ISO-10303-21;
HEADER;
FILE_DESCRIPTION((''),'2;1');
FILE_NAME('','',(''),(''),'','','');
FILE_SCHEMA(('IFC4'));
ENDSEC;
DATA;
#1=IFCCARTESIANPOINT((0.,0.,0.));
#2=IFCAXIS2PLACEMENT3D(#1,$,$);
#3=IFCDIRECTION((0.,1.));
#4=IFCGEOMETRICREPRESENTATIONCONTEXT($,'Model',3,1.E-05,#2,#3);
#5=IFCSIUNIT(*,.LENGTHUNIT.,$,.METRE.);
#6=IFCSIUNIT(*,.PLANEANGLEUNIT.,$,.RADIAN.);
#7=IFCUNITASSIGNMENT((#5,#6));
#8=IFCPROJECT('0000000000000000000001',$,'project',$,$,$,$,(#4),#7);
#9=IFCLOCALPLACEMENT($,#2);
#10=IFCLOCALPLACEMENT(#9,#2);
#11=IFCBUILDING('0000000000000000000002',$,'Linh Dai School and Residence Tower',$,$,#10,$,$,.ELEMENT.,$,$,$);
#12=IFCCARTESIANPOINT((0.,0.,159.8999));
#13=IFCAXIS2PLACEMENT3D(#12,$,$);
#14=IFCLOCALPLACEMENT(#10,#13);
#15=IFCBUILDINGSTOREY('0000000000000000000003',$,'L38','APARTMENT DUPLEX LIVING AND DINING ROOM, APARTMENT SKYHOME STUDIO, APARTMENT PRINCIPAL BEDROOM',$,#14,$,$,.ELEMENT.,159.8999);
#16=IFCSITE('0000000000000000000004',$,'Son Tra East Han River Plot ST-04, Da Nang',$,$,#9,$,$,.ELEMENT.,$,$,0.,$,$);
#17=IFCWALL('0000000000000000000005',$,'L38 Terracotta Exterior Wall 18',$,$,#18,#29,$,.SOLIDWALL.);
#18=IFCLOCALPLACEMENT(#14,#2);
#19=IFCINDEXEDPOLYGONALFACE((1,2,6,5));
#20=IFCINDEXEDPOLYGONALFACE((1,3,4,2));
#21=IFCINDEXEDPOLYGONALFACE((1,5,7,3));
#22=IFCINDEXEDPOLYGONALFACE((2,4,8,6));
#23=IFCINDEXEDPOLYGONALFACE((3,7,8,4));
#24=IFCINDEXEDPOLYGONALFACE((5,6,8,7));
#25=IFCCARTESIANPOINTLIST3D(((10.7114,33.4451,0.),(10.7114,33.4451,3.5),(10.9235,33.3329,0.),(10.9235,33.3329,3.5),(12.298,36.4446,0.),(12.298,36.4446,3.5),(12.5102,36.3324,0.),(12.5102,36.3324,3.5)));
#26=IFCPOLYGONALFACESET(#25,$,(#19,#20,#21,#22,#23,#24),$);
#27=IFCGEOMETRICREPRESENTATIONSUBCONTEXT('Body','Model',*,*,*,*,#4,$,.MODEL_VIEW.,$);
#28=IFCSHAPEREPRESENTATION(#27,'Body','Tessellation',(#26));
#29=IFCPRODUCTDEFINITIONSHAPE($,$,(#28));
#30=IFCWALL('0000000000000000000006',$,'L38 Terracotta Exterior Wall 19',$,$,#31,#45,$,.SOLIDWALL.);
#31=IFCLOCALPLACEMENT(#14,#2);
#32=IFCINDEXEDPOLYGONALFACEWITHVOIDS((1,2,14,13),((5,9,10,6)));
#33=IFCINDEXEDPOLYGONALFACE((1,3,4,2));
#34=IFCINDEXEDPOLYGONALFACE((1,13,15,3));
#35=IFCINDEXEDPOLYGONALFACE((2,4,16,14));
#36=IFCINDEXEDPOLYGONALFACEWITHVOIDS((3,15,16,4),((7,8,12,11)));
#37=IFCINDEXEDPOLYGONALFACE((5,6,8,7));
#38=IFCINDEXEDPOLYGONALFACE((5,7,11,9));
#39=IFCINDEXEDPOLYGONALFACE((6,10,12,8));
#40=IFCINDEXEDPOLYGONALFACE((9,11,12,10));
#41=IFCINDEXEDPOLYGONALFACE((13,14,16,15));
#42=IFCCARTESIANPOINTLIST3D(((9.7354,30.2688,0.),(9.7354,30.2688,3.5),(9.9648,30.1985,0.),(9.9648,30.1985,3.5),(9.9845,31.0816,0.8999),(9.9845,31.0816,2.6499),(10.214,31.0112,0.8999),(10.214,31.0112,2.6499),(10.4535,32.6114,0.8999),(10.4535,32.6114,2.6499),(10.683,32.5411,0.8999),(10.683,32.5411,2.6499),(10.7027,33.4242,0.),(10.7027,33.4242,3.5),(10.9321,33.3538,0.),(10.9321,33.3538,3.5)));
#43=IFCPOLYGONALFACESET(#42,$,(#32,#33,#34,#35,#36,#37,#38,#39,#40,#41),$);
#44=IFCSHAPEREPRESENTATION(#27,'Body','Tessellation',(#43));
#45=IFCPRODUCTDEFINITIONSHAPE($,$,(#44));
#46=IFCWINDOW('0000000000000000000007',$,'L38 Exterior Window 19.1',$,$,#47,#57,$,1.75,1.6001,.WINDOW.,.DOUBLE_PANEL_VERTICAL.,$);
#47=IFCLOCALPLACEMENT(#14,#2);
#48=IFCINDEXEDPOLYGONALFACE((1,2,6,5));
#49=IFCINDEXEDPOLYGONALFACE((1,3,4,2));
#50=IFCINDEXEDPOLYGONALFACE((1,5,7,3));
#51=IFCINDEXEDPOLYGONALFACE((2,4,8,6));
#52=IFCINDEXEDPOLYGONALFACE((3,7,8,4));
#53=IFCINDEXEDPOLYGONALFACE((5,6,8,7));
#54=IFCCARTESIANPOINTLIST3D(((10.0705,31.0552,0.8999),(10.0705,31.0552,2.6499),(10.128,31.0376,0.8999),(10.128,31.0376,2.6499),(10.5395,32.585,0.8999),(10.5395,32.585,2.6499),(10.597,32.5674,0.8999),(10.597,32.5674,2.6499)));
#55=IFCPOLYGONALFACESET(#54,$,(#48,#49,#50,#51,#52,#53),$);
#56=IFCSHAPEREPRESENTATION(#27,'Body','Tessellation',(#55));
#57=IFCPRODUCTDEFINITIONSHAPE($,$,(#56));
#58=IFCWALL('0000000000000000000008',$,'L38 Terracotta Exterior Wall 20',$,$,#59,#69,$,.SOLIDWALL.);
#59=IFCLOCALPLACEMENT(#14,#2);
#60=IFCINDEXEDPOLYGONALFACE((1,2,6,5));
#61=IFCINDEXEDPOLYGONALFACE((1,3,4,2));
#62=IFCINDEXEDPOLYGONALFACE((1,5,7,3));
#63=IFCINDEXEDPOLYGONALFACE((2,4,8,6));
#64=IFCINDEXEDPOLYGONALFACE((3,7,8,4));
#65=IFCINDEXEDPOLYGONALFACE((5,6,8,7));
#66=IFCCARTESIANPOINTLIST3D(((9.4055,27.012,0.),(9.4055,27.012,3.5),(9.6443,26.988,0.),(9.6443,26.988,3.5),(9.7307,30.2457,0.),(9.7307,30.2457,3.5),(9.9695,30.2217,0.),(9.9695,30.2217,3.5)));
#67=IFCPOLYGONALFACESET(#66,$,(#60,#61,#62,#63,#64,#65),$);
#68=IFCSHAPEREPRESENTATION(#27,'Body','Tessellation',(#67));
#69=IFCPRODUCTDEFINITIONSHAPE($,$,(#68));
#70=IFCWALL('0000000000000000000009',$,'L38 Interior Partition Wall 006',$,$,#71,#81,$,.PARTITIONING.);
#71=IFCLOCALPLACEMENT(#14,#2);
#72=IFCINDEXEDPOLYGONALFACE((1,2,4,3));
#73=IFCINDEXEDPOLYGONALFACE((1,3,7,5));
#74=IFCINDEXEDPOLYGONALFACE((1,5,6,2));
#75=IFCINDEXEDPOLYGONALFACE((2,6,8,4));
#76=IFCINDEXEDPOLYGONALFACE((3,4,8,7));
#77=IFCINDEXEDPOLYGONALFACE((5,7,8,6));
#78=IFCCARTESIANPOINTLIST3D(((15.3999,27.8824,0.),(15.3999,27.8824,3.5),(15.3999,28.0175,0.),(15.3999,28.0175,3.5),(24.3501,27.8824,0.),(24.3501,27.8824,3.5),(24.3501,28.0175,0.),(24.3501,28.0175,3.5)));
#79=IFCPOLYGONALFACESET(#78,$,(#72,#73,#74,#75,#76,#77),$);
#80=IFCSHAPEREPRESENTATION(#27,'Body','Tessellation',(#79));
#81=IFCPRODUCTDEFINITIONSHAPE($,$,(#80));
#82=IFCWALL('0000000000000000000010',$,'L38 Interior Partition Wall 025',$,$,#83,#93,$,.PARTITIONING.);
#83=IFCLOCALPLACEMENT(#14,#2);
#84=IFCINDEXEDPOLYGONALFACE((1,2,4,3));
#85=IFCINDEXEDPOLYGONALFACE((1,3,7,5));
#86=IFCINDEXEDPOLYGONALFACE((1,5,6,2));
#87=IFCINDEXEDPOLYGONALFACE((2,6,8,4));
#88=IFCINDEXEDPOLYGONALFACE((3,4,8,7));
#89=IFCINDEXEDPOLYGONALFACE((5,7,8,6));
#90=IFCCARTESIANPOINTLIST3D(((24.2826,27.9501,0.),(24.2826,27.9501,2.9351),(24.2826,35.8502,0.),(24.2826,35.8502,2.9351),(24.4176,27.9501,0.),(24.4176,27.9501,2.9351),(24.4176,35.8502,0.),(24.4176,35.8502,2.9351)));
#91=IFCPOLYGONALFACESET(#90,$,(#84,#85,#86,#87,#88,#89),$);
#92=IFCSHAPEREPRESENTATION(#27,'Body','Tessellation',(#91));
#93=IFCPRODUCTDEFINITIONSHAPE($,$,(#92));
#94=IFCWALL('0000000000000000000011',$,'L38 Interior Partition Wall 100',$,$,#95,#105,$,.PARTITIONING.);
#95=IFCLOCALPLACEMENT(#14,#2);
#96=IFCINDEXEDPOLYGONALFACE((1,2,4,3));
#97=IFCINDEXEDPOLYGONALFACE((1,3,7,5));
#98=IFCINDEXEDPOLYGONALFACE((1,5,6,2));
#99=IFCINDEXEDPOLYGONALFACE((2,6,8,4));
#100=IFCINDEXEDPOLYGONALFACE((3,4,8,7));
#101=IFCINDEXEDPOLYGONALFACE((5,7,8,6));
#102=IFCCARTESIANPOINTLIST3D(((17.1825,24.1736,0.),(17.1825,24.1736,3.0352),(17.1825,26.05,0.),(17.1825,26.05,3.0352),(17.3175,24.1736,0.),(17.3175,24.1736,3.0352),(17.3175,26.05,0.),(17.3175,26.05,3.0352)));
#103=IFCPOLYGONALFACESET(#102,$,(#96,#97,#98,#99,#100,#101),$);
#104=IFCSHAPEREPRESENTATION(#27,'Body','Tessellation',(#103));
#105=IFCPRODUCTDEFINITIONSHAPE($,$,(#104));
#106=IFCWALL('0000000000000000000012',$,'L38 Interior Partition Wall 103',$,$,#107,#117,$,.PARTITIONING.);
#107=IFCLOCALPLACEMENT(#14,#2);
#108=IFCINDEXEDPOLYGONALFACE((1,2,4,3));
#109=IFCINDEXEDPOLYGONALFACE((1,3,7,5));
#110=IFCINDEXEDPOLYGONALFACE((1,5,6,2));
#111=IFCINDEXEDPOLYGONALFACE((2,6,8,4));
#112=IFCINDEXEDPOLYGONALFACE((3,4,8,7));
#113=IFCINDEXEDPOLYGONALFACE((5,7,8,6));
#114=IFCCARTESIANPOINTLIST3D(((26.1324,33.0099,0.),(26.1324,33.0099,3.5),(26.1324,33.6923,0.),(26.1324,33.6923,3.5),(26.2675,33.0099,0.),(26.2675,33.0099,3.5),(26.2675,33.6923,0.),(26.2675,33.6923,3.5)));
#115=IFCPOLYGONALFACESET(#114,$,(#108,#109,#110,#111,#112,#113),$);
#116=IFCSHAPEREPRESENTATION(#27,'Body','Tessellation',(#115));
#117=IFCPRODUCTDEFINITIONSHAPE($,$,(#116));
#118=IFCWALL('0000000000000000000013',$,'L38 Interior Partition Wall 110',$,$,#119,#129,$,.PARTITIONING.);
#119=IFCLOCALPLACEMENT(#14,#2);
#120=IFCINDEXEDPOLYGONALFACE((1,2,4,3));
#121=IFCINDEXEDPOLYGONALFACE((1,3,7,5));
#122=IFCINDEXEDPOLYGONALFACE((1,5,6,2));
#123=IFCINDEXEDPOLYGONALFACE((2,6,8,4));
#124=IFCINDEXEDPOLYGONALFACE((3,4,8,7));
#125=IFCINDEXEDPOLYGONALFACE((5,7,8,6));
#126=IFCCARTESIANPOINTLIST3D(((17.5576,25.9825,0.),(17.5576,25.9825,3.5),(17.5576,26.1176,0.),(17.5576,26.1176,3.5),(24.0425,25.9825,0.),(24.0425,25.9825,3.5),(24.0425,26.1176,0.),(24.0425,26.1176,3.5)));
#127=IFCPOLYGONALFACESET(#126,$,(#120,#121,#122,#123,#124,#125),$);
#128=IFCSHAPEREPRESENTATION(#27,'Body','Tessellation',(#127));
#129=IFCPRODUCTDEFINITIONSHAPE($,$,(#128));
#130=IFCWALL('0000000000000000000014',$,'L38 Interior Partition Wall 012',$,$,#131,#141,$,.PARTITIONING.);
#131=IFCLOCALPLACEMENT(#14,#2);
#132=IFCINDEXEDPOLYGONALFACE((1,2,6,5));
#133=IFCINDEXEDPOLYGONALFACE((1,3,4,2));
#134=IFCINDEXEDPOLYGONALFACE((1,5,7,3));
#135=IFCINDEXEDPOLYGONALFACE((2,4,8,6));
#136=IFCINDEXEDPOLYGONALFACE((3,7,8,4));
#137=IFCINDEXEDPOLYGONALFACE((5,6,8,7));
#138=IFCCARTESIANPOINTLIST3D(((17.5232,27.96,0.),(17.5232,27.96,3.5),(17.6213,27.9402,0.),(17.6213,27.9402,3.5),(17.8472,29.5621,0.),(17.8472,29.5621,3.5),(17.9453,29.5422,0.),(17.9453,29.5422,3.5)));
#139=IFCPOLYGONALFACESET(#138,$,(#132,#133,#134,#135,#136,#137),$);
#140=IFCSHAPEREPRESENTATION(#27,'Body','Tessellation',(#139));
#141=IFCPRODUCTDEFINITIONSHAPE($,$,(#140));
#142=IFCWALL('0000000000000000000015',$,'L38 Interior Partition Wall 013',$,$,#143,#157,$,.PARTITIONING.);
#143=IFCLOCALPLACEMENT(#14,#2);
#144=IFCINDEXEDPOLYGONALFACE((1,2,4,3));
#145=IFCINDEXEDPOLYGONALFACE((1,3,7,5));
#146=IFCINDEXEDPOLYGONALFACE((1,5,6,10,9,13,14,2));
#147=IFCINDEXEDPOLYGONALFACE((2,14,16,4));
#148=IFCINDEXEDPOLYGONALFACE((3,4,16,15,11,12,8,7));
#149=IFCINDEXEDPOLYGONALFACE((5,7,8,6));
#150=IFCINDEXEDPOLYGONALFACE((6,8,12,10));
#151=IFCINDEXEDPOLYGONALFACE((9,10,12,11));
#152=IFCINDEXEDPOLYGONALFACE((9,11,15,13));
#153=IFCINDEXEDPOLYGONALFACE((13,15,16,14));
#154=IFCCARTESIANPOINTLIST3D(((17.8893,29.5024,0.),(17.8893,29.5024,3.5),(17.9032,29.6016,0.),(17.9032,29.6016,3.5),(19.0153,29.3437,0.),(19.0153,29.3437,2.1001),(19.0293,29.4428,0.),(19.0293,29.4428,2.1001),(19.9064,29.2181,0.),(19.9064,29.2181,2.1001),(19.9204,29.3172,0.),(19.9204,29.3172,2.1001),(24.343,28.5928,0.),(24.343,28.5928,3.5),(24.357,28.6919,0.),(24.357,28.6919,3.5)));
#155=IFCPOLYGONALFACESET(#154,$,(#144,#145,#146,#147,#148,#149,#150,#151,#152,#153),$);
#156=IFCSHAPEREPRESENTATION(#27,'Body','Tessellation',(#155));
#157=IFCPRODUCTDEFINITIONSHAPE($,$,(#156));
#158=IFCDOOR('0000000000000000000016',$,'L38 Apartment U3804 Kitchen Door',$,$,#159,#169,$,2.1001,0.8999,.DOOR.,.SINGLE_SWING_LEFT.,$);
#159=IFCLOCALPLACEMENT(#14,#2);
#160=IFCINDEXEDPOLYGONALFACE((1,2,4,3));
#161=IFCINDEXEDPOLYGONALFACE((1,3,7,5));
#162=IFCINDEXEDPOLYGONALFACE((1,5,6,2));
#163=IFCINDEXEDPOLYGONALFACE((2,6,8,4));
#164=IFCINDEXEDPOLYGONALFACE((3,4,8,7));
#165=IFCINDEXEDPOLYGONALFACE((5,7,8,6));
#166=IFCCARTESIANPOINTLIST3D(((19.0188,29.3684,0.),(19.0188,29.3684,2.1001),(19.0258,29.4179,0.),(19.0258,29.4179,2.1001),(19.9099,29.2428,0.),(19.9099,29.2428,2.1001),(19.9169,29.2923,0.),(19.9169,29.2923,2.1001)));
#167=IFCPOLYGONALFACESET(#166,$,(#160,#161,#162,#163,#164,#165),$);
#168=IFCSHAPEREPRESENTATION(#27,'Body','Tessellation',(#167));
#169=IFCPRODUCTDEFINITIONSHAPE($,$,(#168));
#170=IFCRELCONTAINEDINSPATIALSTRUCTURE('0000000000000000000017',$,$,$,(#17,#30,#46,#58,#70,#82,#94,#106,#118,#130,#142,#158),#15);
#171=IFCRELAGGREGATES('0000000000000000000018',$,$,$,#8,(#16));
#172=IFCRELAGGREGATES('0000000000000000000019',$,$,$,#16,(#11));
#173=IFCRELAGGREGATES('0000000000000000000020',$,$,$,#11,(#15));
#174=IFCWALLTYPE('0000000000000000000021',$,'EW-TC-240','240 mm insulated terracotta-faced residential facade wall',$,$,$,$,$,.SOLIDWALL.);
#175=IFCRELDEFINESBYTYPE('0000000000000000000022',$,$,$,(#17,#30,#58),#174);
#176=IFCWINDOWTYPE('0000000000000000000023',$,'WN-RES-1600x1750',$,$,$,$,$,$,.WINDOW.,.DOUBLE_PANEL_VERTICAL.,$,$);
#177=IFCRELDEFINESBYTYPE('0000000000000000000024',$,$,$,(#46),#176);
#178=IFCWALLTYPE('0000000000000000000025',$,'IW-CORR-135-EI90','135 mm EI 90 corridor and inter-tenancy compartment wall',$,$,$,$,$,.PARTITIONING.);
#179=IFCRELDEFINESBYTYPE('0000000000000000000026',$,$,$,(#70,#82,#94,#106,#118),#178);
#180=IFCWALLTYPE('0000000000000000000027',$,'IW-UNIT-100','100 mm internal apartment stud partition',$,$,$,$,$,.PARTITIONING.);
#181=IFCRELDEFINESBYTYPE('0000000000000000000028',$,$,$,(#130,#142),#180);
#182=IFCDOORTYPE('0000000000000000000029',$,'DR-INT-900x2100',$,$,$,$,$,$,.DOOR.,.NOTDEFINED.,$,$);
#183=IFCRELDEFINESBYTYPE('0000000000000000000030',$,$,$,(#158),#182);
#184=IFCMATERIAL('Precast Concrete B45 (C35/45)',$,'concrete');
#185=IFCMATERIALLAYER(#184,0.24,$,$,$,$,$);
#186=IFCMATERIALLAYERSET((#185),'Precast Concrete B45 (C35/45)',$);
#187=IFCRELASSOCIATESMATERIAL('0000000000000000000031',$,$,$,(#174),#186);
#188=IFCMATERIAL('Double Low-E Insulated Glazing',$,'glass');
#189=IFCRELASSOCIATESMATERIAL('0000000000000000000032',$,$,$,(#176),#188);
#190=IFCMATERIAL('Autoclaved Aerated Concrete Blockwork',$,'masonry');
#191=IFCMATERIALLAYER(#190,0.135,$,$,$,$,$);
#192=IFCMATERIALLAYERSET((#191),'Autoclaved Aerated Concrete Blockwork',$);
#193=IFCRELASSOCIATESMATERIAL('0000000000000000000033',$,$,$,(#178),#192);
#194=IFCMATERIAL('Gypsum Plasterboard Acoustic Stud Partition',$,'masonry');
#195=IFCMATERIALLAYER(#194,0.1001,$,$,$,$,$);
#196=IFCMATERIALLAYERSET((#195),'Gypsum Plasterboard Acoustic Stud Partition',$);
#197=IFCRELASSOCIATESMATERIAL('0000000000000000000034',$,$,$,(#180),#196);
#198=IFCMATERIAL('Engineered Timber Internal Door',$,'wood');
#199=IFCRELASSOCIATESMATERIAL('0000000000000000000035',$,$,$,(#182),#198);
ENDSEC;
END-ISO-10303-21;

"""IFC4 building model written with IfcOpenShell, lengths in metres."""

from ifc_helpers import new_model, si_unit, direction, frame, frame_2d, origin, origin_2d, place, context, subcontext, project, spatial, rectangle, extrude, source, transform, mapped, material, layer, layer_set, type_object, element, fill, save


model = new_model("IFC4")

# Units and contexts
model_context = context("Model", 3, precision=1e-05, world=origin(), true_north=direction((0.0, 1.0)))
body_context = subcontext(model_context, "Body", "Model", "MODEL_VIEW")
ifc_project = project(units=[si_unit("LENGTHUNIT", "METRE"), si_unit("PLANEANGLEUNIT", "RADIAN")], contexts=[model_context])

# Site, building, storey
site_placement = place(None, origin())
site = spatial("IfcSite", under=ifc_project, at=site_placement, Name="Son Tra East Han River Plot ST-04, Da Nang", CompositionType="ELEMENT", RefElevation=0.0)
building_placement = place(site_placement, origin())
building = spatial("IfcBuilding", under=site, at=building_placement, Name="Linh Dai School and Residence Tower", CompositionType="ELEMENT")
storey_placement = place(building_placement, frame((0.0, 0.0, 159.8999)))
storey = spatial("IfcBuildingStorey", under=building, at=storey_placement, Name="L38", Description="APARTMENT DUPLEX LIVING AND DINING ROOM, APARTMENT SKYHOME STUDIO, APARTMENT PRINCIPAL BEDROOM", CompositionType="ELEMENT", Elevation=159.8999)

# Wall
ifc_material_1 = material(Name="Precast Concrete B45 (C35/45)", Category="concrete")
ifc_layer_1 = layer(ifc_material_1, 0.24)
ifc_layer_set_1 = layer_set([ifc_layer_1], Name="Precast Concrete B45 (C35/45)")
wall_type_1 = type_object("IfcWallType", Name="EW-TC-240", Description="240 mm insulated terracotta-faced residential facade wall", PredefinedType="SOLIDWALL", material=ifc_layer_set_1)
wall_1_placement = place(storey_placement, frame((10.8174, 33.3889, 0.0), z_axis=(0.0, 0.0, 1.0), x_axis=(0.467587, 0.883947, 0.0)))
element("IfcWall", 1, at=wall_1_placement, inside=storey, type_object=wall_type_1, Name="L38 Terracotta Exterior Wall 18", PredefinedType="SOLIDWALL", context=body_context, shape_type="SweptSolid", body=[
    extrude(rectangle(XDim=3.3933, YDim=0.24, at=frame_2d((1.6968, 0.0))), origin(), (0.0, 0.0, 1.0), 3.5),
])

# Wall, opening, window
wall_2_placement = place(storey_placement, frame((9.8501, 30.2336, 0.0), z_axis=(0.0, 0.0, 1.0), x_axis=(0.293098, 0.956082, 0.0)))
wall_2 = element("IfcWall", 2, at=wall_2_placement, inside=storey, type_object=wall_type_1, Name="L38 Terracotta Exterior Wall 19", PredefinedType="SOLIDWALL", context=body_context, shape_type="SweptSolid", body=[
    extrude(rectangle(XDim=3.3003, YDim=0.24, at=frame_2d((1.6501, 0.0))), origin(), (0.0, 0.0, 1.0), 3.5),
])
opening_1_placement = place(wall_2_placement, frame((0.8501, 0.0, 0.8999)))
opening_1 = element("IfcOpeningElement", 3, at=opening_1_placement, cuts=wall_2, PredefinedType="OPENING", context=body_context, shape_type="SweptSolid", body=[
    extrude(rectangle(XDim=1.6001, YDim=1.75, at=origin_2d()), frame((0.8, 0.1299, 0.875), z_axis=(0.0, -1.0, 0.0), x_axis=(1.0, 0.0, 0.0)), (0.0, 0.0, 1.0), 0.26),
])
ifc_material_2 = material(Name="Double Low-E Insulated Glazing", Category="glass")
window_type = type_object("IfcWindowType", Name="WN-RES-1600x1750", PartitioningType="DOUBLE_PANEL_VERTICAL", PredefinedType="WINDOW", material=ifc_material_2)
shared_shape_1 = source(origin(), body_context, "Body", "SweptSolid", [
    extrude(rectangle(XDim=1.6001, YDim=1.75, at=origin_2d()), frame((0.8, 0.03, 0.875), z_axis=(0.0, -1.0, 0.0), x_axis=(1.0, 0.0, 0.0)), (0.0, 0.0, 1.0), 0.0601),
])
window_placement = place(opening_1_placement, origin())
window = element("IfcWindow", 4, at=window_placement, inside=storey, type_object=window_type, Name="L38 Exterior Window 19.1", OverallHeight=1.75, OverallWidth=1.6001, PartitioningType="DOUBLE_PANEL_VERTICAL", PredefinedType="WINDOW", context=body_context, shape_type="MappedRepresentation", body=[
    mapped(shared_shape_1, transform((0.0, 0.0, 0.0), x_axis=(1.0, 0.0, 0.0), y_axis=(0.0, 1.0, 0.0), z_axis=(0.0, 0.0, 1.0), scale=1.0)),
])
fill(opening_1, window)

# Walls
wall_3_placement = place(storey_placement, frame((9.5249, 27.0, 0.0), z_axis=(0.0, 0.0, 1.0), x_axis=(0.100062, 0.994981, 0.0)))
element("IfcWall", 5, at=wall_3_placement, inside=storey, type_object=wall_type_1, Name="L38 Terracotta Exterior Wall 20", PredefinedType="SOLIDWALL", context=body_context, shape_type="SweptSolid", body=[
    extrude(rectangle(XDim=3.25, YDim=0.24, at=frame_2d((1.625, 0.0))), origin(), (0.0, 0.0, 1.0), 3.5),
])
ifc_material_3 = material(Name="Autoclaved Aerated Concrete Blockwork", Category="masonry")
ifc_layer_2 = layer(ifc_material_3, 0.135)
ifc_layer_set_2 = layer_set([ifc_layer_2], Name="Autoclaved Aerated Concrete Blockwork")
wall_type_2 = type_object("IfcWallType", Name="IW-CORR-135-EI90", Description="135 mm EI 90 corridor and inter-tenancy compartment wall", PredefinedType="PARTITIONING", material=ifc_layer_set_2)
wall_4_placement = place(storey_placement, frame((15.3999, 27.95, 0.0), z_axis=(0.0, 0.0, 1.0), x_axis=(1.0, 0.0, 0.0)))
element("IfcWall", 6, at=wall_4_placement, inside=storey, type_object=wall_type_2, Name="L38 Interior Partition Wall 006", PredefinedType="PARTITIONING", context=body_context, shape_type="SweptSolid", body=[
    extrude(rectangle(XDim=8.9502, YDim=0.135, at=frame_2d((4.4751, 0.0))), origin(), (0.0, 0.0, 1.0), 3.5),
])
wall_5_placement = place(storey_placement, frame((24.3501, 27.95, 0.0), z_axis=(0.0, 0.0, 1.0), x_axis=(0.0, 1.0, 0.0)))
element("IfcWall", 7, at=wall_5_placement, inside=storey, type_object=wall_type_2, Name="L38 Interior Partition Wall 025", PredefinedType="PARTITIONING", context=body_context, shape_type="SweptSolid", body=[
    extrude(rectangle(XDim=7.9001, YDim=0.135, at=frame_2d((3.9502, 0.0))), origin(), (0.0, 0.0, 1.0), 2.9351),
])
wall_6_placement = place(storey_placement, frame((17.25, 26.05, 0.0), z_axis=(0.0, 0.0, 1.0), x_axis=(0.0, -1.0, 0.0)))
element("IfcWall", 8, at=wall_6_placement, inside=storey, type_object=wall_type_2, Name="L38 Interior Partition Wall 100", PredefinedType="PARTITIONING", context=body_context, shape_type="SweptSolid", body=[
    extrude(rectangle(XDim=1.8765, YDim=0.135, at=frame_2d((0.9382, 0.0))), origin(), (0.0, 0.0, 1.0), 3.0352),
])
wall_7_placement = place(storey_placement, frame((26.2, 33.6924, 0.0), z_axis=(0.0, 0.0, 1.0), x_axis=(0.0, -1.0, 0.0)))
element("IfcWall", 9, at=wall_7_placement, inside=storey, type_object=wall_type_2, Name="L38 Interior Partition Wall 103", PredefinedType="PARTITIONING", context=body_context, shape_type="SweptSolid", body=[
    extrude(rectangle(XDim=0.6824, YDim=0.135, at=frame_2d((0.3413, 0.0))), origin(), (0.0, 0.0, 1.0), 3.5),
])
wall_8_placement = place(storey_placement, frame((24.0425, 26.05, 0.0), z_axis=(0.0, 0.0, 1.0), x_axis=(-1.0, 0.0, 0.0)))
element("IfcWall", 10, at=wall_8_placement, inside=storey, type_object=wall_type_2, Name="L38 Interior Partition Wall 110", PredefinedType="PARTITIONING", context=body_context, shape_type="SweptSolid", body=[
    extrude(rectangle(XDim=6.4849, YDim=0.135, at=frame_2d((3.2424, 0.0))), origin(), (0.0, 0.0, 1.0), 3.5),
])
ifc_material_4 = material(Name="Gypsum Plasterboard Acoustic Stud Partition", Category="masonry")
ifc_layer_3 = layer(ifc_material_4, 0.1001)
ifc_layer_set_3 = layer_set([ifc_layer_3], Name="Gypsum Plasterboard Acoustic Stud Partition")
wall_type_3 = type_object("IfcWallType", Name="IW-UNIT-100", Description="100 mm internal apartment stud partition", PredefinedType="PARTITIONING", material=ifc_layer_set_3)
wall_9_placement = place(storey_placement, frame((17.5723, 27.95, 0.0), z_axis=(0.0, 0.0, 1.0), x_axis=(0.198213, 0.980159, 0.0)))
element("IfcWall", 11, at=wall_9_placement, inside=storey, type_object=wall_type_3, Name="L38 Interior Partition Wall 012", PredefinedType="PARTITIONING", context=body_context, shape_type="SweptSolid", body=[
    extrude(rectangle(XDim=1.6345, YDim=0.1001, at=frame_2d((0.8174, 0.0))), origin(), (0.0, 0.0, 1.0), 3.5),
])

# Wall, opening, door
wall_10_placement = place(storey_placement, frame((17.8962, 29.552, 0.0), z_axis=(0.0, 0.0, 1.0), x_axis=(0.990212, -0.13957, 0.0)))
wall_10 = element("IfcWall", 12, at=wall_10_placement, inside=storey, type_object=wall_type_3, Name="L38 Interior Partition Wall 013", PredefinedType="PARTITIONING", context=body_context, shape_type="SweptSolid", body=[
    extrude(rectangle(XDim=6.5176, YDim=0.1001, at=frame_2d((3.2588, 0.0))), origin(), (0.0, 0.0, 1.0), 3.5),
])
opening_2_placement = place(wall_10_placement, frame((1.1372, 0.0, 0.0)))
opening_2 = element("IfcOpeningElement", 13, at=opening_2_placement, cuts=wall_10, PredefinedType="OPENING", context=body_context, shape_type="SweptSolid", body=[
    extrude(rectangle(XDim=0.8999, YDim=2.1001, at=origin_2d()), frame((0.45, 0.0601, 1.05), z_axis=(0.0, -1.0, 0.0), x_axis=(1.0, 0.0, 0.0)), (0.0, 0.0, 1.0), 0.1201),
])
ifc_material_5 = material(Name="Engineered Timber Internal Door", Category="wood")
door_type_1 = type_object("IfcDoorType", Name="DR-INT-900x2100", OperationType="NOTDEFINED", PredefinedType="DOOR", material=ifc_material_5)
shared_shape_2 = source(origin(), body_context, "Body", "SweptSolid", [
    extrude(rectangle(XDim=0.8999, YDim=2.1001, at=origin_2d()), frame((0.45, 0.0249, 1.05), z_axis=(0.0, -1.0, 0.0), x_axis=(1.0, 0.0, 0.0)), (0.0, 0.0, 1.0), 0.05),
])
door_1_placement = place(opening_2_placement, origin())
door_1 = element("IfcDoor", 14, at=door_1_placement, inside=storey, type_object=door_type_1, Name="L38 Apartment U3804 Kitchen Door", OperationType="SINGLE_SWING_LEFT", OverallHeight=2.1001, OverallWidth=0.8999, PredefinedType="DOOR", context=body_context, shape_type="MappedRepresentation", body=[
    mapped(shared_shape_2, transform((0.0, 0.0, 0.0), x_axis=(1.0, 0.0, 0.0), y_axis=(0.0, 1.0, 0.0), z_axis=(0.0, 0.0, 1.0), scale=1.0)),
])
fill(opening_2, door_1)

save(model, "model.ifc")
